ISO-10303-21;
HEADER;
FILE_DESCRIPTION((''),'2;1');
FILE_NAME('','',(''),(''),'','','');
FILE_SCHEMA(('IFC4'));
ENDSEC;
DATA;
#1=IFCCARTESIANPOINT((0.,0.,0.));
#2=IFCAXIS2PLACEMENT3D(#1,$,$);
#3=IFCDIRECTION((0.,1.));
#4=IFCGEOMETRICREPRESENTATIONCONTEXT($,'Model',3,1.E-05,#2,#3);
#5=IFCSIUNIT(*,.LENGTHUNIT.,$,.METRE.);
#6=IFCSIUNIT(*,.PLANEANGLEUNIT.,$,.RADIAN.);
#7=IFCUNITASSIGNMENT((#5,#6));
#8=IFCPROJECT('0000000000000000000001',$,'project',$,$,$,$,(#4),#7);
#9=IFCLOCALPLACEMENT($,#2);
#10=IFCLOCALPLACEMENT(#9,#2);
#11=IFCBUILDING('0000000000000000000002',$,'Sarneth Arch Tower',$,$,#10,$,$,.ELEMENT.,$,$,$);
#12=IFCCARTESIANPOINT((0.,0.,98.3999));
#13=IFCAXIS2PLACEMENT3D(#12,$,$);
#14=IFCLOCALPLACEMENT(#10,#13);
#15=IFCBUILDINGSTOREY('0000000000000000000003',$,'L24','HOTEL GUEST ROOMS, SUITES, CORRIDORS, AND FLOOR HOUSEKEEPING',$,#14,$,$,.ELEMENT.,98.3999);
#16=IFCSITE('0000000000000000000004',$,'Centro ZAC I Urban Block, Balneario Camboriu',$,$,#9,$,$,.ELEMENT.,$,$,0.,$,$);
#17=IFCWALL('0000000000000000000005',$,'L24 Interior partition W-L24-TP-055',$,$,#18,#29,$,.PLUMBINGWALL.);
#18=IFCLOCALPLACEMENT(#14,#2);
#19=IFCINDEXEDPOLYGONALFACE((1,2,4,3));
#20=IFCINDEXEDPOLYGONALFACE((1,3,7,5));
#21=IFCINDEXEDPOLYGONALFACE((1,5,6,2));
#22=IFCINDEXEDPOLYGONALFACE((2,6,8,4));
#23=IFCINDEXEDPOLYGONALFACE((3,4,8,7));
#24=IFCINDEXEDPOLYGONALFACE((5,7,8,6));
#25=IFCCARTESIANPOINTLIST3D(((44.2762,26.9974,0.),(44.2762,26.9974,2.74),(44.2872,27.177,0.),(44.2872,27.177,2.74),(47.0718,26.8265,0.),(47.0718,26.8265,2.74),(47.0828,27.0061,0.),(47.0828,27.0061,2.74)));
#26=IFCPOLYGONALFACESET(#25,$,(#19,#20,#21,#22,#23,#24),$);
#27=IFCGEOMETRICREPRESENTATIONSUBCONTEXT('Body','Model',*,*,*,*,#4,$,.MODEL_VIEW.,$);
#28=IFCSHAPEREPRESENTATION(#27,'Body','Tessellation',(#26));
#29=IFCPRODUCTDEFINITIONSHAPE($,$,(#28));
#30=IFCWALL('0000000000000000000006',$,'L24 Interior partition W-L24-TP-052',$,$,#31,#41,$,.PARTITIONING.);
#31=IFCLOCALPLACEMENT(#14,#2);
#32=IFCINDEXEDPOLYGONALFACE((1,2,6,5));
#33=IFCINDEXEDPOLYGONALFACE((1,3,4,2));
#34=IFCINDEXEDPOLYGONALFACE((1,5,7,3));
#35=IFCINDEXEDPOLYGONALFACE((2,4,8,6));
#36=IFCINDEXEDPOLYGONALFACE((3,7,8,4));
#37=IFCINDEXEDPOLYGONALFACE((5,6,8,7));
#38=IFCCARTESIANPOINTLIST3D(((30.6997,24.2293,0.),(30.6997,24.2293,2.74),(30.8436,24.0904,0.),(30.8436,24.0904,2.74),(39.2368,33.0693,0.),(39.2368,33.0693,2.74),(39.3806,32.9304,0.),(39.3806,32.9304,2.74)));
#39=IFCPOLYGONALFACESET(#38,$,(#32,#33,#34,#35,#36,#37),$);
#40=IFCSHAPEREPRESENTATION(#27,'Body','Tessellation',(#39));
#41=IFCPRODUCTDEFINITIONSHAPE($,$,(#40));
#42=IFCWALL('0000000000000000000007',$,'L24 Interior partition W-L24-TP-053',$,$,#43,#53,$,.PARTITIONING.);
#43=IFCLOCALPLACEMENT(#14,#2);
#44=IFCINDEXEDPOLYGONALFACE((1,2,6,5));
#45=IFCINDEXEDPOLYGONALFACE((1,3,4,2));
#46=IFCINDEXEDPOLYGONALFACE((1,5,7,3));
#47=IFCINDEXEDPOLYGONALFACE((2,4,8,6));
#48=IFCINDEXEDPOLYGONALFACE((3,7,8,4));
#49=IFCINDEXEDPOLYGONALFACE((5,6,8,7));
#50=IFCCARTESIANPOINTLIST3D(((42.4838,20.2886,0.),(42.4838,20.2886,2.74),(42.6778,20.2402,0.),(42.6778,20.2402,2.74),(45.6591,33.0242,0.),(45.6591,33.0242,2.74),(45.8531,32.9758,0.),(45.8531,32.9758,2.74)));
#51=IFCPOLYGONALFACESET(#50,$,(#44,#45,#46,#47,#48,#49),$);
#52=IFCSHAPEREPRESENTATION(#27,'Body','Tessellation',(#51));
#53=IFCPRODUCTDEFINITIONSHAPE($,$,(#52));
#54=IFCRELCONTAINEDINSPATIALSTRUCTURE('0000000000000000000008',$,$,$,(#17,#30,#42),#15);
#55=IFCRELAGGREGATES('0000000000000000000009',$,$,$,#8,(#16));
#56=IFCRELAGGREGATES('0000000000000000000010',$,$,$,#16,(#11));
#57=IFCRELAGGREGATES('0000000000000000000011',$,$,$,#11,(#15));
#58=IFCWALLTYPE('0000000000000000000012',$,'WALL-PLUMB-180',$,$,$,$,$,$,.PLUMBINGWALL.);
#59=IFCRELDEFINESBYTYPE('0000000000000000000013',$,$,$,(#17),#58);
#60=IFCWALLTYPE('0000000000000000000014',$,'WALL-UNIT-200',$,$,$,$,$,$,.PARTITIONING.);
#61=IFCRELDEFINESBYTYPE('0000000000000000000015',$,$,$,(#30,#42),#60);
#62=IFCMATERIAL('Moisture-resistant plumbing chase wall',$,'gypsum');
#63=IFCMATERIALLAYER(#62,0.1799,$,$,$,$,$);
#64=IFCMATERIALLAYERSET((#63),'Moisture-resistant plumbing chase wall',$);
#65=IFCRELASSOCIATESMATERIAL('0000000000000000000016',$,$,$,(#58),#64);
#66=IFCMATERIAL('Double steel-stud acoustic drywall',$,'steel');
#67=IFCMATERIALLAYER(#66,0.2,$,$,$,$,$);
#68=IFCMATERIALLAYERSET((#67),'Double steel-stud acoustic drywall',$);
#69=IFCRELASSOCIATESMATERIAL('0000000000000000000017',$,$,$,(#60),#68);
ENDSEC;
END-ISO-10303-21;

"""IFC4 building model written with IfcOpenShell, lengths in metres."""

from ifc_helpers import new_model, si_unit, direction, frame, frame_2d, origin, place, context, subcontext, project, spatial, rectangle, extrude, material, layer, layer_set, type_object, element, save


model = new_model("IFC4")

# Units and contexts
model_context = context("Model", 3, precision=1e-05, world=origin(), true_north=direction((0.0, 1.0)))
body_context = subcontext(model_context, "Body", "Model", "MODEL_VIEW")
ifc_project = project(units=[si_unit("LENGTHUNIT", "METRE"), si_unit("PLANEANGLEUNIT", "RADIAN")], contexts=[model_context])

# Site, building, storey
site_placement = place(None, origin())
site = spatial("IfcSite", under=ifc_project, at=site_placement, Name="Centro ZAC I Urban Block, Balneario Camboriu", CompositionType="ELEMENT", RefElevation=0.0)
building_placement = place(site_placement, origin())
building = spatial("IfcBuilding", under=site, at=building_placement, Name="Sarneth Arch Tower", CompositionType="ELEMENT")
storey_placement = place(building_placement, frame((0.0, 0.0, 98.3999)))
storey = spatial("IfcBuildingStorey", under=building, at=storey_placement, Name="L24", Description="HOTEL GUEST ROOMS, SUITES, CORRIDORS, AND FLOOR HOUSEKEEPING", CompositionType="ELEMENT", Elevation=98.3999)

# Shared definitions
ifc_material_1 = material(Name="Moisture-resistant plumbing chase wall", Category="gypsum")
ifc_layer_1 = layer(ifc_material_1, 0.1799)
ifc_layer_set_1 = layer_set([ifc_layer_1], Name="Moisture-resistant plumbing chase wall")
wall_type_1 = type_object("IfcWallType", Name="WALL-PLUMB-180", PredefinedType="PLUMBINGWALL", material=ifc_layer_set_1)

# Walls
wall_1_placement = place(storey_placement, frame((44.2817, 27.0872, 0.0), z_axis=(0.0, 0.0, 1.0), x_axis=(0.998137, -0.061016, 0.0)))
element("IfcWall", 1, at=wall_1_placement, inside=storey, type_object=wall_type_1, Name="L24 Interior partition W-L24-TP-055", PredefinedType="PLUMBINGWALL", context=body_context, shape_type="SweptSolid", body=[
    extrude(rectangle(XDim=2.8008, YDim=0.1799, at=frame_2d((1.4004, 0.0))), origin(), (0.0, 0.0, 1.0), 2.74),
])
ifc_material_2 = material(Name="Double steel-stud acoustic drywall", Category="steel")
ifc_layer_2 = layer(ifc_material_2, 0.2)
ifc_layer_set_2 = layer_set([ifc_layer_2], Name="Double steel-stud acoustic drywall")
wall_type_2 = type_object("IfcWallType", Name="WALL-UNIT-200", PredefinedType="PARTITIONING", material=ifc_layer_set_2)
wall_2_placement = place(storey_placement, frame((30.7717, 24.1599, 0.0), z_axis=(0.0, 0.0, 1.0), x_axis=(0.694673, 0.719326, 0.0)))
element("IfcWall", 2, at=wall_2_placement, inside=storey, type_object=wall_type_2, Name="L24 Interior partition W-L24-TP-052", PredefinedType="PARTITIONING", context=body_context, shape_type="SweptSolid", body=[
    extrude(rectangle(XDim=12.2893, YDim=0.2, at=frame_2d((6.1445, 0.0))), origin(), (0.0, 0.0, 1.0), 2.74),
])
wall_3_placement = place(storey_placement, frame((45.7561, 33.0, 0.0), z_axis=(0.0, 0.0, 1.0), x_axis=(-0.241918, -0.970297, 0.0)))
element("IfcWall", 3, at=wall_3_placement, inside=storey, type_object=wall_type_2, Name="L24 Interior partition W-L24-TP-053", PredefinedType="PARTITIONING", context=body_context, shape_type="SweptSolid", body=[
    extrude(rectangle(XDim=13.1255, YDim=0.2, at=frame_2d((6.5627, 0.0))), origin(), (0.0, 0.0, 1.0), 2.74),
])

save(model, "model.ifc")
